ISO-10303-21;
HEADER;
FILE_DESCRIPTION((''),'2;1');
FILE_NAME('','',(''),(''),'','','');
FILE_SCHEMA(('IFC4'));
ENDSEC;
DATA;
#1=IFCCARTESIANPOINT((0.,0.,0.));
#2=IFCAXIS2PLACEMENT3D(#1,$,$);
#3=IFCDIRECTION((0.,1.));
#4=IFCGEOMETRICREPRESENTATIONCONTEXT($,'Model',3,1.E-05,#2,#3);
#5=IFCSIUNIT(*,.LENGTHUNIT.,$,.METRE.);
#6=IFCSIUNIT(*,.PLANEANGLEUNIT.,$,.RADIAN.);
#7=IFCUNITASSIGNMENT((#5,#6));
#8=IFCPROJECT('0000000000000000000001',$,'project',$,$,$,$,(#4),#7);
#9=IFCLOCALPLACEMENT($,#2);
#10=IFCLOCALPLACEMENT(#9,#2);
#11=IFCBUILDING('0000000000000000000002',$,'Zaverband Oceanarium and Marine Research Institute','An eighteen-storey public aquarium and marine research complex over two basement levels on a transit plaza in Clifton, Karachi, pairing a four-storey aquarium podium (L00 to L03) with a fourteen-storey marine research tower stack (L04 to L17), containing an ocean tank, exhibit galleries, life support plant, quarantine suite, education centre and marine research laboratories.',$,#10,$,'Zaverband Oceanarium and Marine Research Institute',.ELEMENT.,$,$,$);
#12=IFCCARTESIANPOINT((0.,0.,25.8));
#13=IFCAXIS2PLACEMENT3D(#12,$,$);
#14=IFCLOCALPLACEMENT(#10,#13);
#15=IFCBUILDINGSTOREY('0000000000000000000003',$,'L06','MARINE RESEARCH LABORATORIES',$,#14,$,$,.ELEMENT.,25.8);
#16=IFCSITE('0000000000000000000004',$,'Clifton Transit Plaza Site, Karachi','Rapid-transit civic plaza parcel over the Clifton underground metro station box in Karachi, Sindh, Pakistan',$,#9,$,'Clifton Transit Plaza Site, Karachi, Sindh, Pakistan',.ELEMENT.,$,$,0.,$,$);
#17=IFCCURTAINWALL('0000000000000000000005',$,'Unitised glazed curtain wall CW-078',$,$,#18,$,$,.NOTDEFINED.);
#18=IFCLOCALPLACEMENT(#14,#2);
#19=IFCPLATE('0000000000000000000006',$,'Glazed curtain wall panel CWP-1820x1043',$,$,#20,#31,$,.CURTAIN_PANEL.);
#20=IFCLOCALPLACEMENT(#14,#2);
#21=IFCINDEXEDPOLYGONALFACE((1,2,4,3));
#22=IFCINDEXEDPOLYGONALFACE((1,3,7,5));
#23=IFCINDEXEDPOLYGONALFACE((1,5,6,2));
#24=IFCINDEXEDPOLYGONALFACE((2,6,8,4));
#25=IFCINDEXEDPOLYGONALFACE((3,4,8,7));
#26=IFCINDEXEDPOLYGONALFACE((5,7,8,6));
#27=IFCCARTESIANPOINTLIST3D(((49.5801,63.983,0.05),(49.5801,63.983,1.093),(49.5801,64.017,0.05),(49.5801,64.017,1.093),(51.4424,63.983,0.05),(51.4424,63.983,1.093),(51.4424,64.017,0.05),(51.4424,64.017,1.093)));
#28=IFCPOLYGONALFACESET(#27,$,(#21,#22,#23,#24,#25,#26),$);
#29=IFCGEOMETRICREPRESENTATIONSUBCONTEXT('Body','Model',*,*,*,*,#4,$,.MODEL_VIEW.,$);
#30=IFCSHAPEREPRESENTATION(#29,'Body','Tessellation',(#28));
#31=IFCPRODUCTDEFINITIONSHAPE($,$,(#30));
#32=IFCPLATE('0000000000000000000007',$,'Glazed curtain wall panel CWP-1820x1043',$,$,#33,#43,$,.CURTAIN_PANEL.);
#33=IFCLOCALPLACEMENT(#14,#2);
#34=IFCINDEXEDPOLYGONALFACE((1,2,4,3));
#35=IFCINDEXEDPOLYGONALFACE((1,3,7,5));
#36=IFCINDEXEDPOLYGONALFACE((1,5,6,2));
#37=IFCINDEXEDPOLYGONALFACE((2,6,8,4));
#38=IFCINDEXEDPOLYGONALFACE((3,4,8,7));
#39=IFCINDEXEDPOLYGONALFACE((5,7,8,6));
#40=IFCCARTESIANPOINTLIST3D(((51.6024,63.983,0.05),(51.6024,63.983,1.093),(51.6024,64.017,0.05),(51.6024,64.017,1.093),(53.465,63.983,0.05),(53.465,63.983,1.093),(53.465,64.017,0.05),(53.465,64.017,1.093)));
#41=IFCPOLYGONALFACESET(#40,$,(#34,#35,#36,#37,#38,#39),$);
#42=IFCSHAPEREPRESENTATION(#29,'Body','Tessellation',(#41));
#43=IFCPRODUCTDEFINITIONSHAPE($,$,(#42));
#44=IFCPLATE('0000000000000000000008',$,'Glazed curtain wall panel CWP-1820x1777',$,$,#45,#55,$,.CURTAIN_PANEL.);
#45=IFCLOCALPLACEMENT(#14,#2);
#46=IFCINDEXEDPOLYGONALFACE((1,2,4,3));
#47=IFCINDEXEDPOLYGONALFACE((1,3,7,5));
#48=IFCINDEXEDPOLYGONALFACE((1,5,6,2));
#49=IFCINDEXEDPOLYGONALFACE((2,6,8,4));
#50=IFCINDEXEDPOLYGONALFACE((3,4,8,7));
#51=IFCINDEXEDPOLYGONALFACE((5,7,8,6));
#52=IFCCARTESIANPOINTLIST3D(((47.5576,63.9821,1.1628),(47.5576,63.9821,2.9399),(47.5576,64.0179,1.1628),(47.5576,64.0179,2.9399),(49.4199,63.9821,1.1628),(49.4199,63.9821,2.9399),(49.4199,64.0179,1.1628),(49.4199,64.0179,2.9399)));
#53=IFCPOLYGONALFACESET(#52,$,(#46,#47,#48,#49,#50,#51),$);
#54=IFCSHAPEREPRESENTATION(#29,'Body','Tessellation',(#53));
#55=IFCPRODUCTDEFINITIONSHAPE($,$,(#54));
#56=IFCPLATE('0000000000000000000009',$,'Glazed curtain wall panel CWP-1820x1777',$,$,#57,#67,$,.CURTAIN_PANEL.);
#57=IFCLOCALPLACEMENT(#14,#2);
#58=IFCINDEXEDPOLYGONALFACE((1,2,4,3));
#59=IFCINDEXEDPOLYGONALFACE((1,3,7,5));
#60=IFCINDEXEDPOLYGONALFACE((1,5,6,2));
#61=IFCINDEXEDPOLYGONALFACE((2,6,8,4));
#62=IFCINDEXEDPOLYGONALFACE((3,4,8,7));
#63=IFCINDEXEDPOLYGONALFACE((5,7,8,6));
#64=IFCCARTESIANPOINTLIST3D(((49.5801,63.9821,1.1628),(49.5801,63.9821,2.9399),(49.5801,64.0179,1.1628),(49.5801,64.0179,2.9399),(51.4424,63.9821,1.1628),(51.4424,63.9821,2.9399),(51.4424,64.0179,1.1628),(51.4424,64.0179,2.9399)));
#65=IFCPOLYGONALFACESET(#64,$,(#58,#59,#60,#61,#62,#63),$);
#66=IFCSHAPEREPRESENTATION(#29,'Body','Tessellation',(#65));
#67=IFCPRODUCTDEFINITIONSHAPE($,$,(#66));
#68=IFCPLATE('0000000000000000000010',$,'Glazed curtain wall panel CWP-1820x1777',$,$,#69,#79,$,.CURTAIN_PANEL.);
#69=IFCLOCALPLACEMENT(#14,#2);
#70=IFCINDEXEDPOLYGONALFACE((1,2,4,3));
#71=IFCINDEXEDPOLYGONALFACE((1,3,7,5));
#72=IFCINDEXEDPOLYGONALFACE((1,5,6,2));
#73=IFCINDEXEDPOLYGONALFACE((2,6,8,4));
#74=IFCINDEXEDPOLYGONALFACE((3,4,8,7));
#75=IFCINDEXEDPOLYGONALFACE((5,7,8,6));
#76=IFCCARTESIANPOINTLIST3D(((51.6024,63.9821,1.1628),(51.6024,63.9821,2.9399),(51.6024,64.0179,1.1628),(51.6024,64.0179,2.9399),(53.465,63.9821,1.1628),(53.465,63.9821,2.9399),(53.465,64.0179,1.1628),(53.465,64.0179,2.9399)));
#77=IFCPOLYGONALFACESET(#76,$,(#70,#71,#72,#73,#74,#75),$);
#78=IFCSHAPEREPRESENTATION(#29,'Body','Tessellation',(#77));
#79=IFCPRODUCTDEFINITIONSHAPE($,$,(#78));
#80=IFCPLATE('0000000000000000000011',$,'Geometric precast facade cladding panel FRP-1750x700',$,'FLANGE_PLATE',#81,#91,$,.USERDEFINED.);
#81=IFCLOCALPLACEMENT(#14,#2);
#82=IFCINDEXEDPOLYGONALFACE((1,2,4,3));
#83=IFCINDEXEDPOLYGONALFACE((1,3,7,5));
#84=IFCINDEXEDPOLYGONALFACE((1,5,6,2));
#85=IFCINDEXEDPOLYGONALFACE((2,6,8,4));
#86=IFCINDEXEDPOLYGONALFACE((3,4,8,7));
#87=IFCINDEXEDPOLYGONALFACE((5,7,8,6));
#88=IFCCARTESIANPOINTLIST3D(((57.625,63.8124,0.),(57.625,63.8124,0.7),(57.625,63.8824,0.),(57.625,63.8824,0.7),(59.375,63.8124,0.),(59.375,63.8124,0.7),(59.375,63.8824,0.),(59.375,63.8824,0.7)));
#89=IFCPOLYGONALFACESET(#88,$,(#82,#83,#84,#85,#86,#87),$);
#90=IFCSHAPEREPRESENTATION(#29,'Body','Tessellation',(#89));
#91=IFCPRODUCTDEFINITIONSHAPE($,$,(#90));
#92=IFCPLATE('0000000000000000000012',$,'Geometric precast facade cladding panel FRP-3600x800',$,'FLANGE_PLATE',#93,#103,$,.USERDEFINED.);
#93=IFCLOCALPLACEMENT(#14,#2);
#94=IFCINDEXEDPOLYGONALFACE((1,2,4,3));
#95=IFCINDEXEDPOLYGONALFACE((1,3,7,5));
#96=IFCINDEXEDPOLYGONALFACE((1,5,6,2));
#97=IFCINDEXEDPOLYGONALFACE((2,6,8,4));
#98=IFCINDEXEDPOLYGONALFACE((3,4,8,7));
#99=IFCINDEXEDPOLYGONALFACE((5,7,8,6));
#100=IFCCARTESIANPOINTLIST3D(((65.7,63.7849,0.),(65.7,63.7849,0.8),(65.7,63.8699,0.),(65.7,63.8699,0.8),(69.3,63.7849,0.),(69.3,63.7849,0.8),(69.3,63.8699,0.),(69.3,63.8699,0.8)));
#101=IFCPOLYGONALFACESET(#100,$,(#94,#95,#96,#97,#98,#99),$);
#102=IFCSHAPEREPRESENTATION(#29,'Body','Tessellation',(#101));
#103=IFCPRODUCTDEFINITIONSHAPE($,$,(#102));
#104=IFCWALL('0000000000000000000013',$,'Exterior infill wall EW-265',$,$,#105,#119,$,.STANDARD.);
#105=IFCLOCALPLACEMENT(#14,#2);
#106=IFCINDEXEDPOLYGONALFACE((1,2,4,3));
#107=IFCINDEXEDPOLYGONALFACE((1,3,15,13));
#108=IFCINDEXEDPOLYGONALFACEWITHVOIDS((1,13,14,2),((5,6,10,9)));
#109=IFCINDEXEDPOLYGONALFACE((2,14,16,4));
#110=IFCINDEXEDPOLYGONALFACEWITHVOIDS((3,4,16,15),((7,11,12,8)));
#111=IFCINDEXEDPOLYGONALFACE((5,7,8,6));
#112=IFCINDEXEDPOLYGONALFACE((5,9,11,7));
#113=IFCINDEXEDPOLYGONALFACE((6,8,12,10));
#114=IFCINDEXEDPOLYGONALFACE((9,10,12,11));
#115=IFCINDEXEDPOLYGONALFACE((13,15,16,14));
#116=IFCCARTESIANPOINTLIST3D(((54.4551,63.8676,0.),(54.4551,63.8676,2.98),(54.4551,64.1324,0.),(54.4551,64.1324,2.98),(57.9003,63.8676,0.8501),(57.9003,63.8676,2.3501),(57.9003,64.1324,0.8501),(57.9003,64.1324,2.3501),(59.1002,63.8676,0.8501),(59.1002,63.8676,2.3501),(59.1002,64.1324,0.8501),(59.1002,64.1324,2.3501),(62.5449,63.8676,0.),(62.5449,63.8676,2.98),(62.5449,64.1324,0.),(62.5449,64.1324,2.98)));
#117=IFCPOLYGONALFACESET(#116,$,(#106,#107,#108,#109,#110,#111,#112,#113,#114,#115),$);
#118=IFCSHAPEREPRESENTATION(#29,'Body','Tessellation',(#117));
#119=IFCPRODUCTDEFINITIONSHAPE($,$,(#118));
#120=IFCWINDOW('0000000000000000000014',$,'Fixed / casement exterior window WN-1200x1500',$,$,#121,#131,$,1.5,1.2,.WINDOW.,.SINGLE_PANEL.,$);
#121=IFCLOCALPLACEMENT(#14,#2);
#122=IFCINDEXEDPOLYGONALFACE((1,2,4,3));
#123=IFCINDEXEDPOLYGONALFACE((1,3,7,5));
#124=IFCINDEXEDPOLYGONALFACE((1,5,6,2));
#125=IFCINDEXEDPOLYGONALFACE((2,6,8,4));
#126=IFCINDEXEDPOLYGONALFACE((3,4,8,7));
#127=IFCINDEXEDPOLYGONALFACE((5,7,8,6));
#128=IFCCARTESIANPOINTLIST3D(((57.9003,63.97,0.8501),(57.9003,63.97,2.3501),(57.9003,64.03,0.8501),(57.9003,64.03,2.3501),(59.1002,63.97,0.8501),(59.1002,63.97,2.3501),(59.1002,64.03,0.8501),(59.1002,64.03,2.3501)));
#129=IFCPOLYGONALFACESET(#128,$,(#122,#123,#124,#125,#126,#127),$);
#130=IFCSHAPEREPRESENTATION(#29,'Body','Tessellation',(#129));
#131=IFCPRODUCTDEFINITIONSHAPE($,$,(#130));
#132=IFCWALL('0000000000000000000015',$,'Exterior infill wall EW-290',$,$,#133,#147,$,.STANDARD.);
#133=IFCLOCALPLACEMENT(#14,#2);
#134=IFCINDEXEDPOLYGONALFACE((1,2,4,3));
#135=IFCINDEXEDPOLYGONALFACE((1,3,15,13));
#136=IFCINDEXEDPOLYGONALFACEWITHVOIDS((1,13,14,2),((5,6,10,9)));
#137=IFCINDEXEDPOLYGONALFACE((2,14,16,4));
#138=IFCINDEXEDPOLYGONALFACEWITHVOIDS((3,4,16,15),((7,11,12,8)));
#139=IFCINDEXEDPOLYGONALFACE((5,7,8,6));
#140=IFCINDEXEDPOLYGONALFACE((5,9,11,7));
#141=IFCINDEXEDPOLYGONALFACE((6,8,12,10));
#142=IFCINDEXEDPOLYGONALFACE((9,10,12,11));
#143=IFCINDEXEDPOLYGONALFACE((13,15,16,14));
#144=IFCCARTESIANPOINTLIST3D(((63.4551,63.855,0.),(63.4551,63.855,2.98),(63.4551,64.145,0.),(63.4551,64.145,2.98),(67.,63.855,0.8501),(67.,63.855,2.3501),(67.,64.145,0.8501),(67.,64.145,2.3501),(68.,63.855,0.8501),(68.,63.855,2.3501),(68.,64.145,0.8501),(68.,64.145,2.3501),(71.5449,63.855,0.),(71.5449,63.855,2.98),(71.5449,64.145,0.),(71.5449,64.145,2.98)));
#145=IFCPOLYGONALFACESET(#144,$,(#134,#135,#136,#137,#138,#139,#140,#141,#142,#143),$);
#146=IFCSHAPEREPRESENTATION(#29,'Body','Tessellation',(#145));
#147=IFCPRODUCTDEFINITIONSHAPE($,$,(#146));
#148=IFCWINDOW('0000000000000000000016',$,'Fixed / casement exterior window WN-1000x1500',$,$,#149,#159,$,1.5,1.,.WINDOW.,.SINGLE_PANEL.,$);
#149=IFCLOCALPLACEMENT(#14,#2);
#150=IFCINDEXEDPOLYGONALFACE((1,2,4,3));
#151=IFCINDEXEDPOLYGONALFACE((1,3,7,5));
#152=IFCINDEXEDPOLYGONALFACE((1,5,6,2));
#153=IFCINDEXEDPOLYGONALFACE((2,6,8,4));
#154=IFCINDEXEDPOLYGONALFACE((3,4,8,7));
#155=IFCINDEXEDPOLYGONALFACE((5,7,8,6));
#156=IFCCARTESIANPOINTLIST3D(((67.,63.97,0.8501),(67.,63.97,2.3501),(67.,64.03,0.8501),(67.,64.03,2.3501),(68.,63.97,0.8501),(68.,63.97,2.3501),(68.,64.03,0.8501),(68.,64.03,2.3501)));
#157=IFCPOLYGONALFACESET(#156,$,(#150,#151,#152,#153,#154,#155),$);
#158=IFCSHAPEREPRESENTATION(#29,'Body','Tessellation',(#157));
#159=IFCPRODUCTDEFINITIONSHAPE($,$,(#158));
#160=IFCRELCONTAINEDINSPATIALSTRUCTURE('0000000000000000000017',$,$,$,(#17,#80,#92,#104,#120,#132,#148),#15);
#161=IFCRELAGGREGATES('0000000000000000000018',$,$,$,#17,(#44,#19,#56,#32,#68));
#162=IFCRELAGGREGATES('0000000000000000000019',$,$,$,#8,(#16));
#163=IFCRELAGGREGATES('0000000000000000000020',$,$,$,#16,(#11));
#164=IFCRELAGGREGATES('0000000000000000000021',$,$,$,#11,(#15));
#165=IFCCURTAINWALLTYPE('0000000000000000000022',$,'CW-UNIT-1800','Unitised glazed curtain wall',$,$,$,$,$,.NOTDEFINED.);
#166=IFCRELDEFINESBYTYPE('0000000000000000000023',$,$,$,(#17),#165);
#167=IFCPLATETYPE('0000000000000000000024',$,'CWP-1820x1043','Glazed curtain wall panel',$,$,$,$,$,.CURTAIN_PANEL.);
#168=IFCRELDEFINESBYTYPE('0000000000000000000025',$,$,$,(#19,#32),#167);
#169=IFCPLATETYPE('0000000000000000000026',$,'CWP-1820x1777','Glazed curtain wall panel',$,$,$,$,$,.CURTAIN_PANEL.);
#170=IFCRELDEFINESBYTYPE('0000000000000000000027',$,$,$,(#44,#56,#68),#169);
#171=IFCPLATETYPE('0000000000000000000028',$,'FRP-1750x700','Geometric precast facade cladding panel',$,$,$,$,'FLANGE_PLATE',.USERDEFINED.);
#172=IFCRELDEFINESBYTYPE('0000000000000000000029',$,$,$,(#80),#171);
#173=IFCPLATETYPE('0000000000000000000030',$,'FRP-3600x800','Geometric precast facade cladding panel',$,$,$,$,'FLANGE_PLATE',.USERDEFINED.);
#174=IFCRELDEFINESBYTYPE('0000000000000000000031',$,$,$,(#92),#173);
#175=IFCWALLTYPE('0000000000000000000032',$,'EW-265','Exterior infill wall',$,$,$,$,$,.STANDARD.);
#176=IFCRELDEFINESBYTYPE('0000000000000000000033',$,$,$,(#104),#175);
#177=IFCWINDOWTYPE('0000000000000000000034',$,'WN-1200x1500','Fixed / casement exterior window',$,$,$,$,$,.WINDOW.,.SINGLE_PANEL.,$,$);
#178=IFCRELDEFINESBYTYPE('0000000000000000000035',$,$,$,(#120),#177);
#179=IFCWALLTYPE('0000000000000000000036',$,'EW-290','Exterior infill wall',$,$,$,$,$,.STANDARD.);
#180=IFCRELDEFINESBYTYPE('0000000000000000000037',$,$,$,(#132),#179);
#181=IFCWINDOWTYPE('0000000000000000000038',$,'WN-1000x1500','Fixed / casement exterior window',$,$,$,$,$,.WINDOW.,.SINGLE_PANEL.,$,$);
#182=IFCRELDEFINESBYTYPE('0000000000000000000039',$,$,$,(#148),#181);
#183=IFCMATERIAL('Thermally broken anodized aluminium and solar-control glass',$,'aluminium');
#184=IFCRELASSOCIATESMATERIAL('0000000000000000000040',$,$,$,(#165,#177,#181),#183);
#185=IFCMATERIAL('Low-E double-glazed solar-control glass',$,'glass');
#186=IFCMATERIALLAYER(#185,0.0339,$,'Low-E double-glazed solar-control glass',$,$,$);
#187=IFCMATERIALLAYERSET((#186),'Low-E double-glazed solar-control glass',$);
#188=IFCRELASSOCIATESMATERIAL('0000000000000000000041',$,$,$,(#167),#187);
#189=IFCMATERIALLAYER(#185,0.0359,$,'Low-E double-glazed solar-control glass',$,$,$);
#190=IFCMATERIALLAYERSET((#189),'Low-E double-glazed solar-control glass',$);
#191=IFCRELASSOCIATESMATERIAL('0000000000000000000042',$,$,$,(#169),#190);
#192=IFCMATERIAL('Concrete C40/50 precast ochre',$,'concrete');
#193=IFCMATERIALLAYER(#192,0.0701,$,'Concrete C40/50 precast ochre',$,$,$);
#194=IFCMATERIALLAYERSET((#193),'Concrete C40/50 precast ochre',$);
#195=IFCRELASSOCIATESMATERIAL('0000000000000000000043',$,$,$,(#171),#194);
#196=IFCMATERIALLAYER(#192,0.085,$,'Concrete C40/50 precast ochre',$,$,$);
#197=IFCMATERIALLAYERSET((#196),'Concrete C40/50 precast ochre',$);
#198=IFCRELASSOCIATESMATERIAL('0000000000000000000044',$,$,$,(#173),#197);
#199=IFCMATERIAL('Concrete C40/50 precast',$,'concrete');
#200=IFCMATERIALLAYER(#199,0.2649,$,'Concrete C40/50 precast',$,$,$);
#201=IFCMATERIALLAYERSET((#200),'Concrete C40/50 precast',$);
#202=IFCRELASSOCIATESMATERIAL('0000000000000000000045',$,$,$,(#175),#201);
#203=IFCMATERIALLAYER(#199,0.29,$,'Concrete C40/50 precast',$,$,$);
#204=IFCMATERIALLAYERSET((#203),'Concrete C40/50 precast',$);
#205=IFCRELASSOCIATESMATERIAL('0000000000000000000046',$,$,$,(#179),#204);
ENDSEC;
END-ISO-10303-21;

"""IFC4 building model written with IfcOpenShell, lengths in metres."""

from ifc_helpers import new_model, si_unit, direction, frame, frame_2d, origin, place, context, subcontext, project, spatial, rectangle, extrude, material, layer, layer_set, type_object, element, fill, aggregate, save


model = new_model("IFC4")

# Units and contexts
model_context = context("Model", 3, precision=1e-05, world=origin(), true_north=direction((0.0, 1.0)))
body_context = subcontext(model_context, "Body", "Model", "MODEL_VIEW")
ifc_project = project(units=[si_unit("LENGTHUNIT", "METRE"), si_unit("PLANEANGLEUNIT", "RADIAN")], contexts=[model_context])

# Site, building, storey
site_placement = place(None, origin())
site = spatial("IfcSite", under=ifc_project, at=site_placement, Name="Clifton Transit Plaza Site, Karachi", Description="Rapid-transit civic plaza parcel over the Clifton underground metro station box in Karachi, Sindh, Pakistan", LongName="Clifton Transit Plaza Site, Karachi, Sindh, Pakistan", CompositionType="ELEMENT", RefElevation=0.0)
building_placement = place(site_placement, origin())
building = spatial("IfcBuilding", under=site, at=building_placement, Name="Zaverband Oceanarium and Marine Research Institute", Description="An eighteen-storey public aquarium and marine research complex over two basement levels on a transit plaza in Clifton, Karachi, pairing a four-storey aquarium podium (L00 to L03) with a fourteen-storey marine research tower stack (L04 to L17), containing an ocean tank, exhibit galleries, life support plant, quarantine suite, education centre and marine research laboratories.", LongName="Zaverband Oceanarium and Marine Research Institute", CompositionType="ELEMENT")
storey_placement = place(building_placement, frame((0.0, 0.0, 25.8)))
storey = spatial("IfcBuildingStorey", under=building, at=storey_placement, Name="L06", Description="MARINE RESEARCH LABORATORIES", CompositionType="ELEMENT", Elevation=25.8)

# Curtain wall
ifc_material_1 = material(Name="Thermally broken anodized aluminium and solar-control glass", Category="aluminium")
curtain_wall_type = type_object("IfcCurtainWallType", Name="CW-UNIT-1800", Description="Unitised glazed curtain wall", PredefinedType="NOTDEFINED", material=ifc_material_1)
curtain_wall_placement = place(storey_placement, origin())
curtain_wall = element("IfcCurtainWall", 1, at=curtain_wall_placement, inside=storey, type_object=curtain_wall_type, Name="Unitised glazed curtain wall CW-078", PredefinedType="NOTDEFINED")

# Plates
ifc_material_2 = material(Name="Low-E double-glazed solar-control glass", Category="glass")
ifc_layer_1 = layer(ifc_material_2, 0.0339, Name="Low-E double-glazed solar-control glass")
ifc_layer_set_1 = layer_set([ifc_layer_1], Name="Low-E double-glazed solar-control glass")
plate_type_1 = type_object("IfcPlateType", Name="CWP-1820x1043", Description="Glazed curtain wall panel", PredefinedType="CURTAIN_PANEL", material=ifc_layer_set_1)
plate_1_placement = place(storey_placement, frame((49.5801, 64.0, 0.05), z_axis=(0.0, 0.0, 1.0), x_axis=(1.0, 0.0, 0.0)))
plate_1 = element("IfcPlate", 2, at=plate_1_placement, type_object=plate_type_1, Name="Glazed curtain wall panel CWP-1820x1043", PredefinedType="CURTAIN_PANEL", context=body_context, shape_type="SweptSolid", body=[
    extrude(rectangle(XDim=1.8623, YDim=0.0339, at=frame_2d((0.9312, 0.0))), origin(), (0.0, 0.0, 1.0), 1.043),
])
plate_2_placement = place(storey_placement, frame((51.6025, 64.0, 0.05), z_axis=(0.0, 0.0, 1.0), x_axis=(1.0, 0.0, 0.0)))
plate_2 = element("IfcPlate", 3, at=plate_2_placement, type_object=plate_type_1, Name="Glazed curtain wall panel CWP-1820x1043", PredefinedType="CURTAIN_PANEL", context=body_context, shape_type="SweptSolid", body=[
    extrude(rectangle(XDim=1.8625, YDim=0.0339, at=frame_2d((0.9312, 0.0))), origin(), (0.0, 0.0, 1.0), 1.043),
])
ifc_layer_2 = layer(ifc_material_2, 0.0359, Name="Low-E double-glazed solar-control glass")
ifc_layer_set_2 = layer_set([ifc_layer_2], Name="Low-E double-glazed solar-control glass")
plate_type_2 = type_object("IfcPlateType", Name="CWP-1820x1777", Description="Glazed curtain wall panel", PredefinedType="CURTAIN_PANEL", material=ifc_layer_set_2)
plate_3_placement = place(storey_placement, frame((47.5576, 64.0, 1.1628), z_axis=(0.0, 0.0, 1.0), x_axis=(1.0, 0.0, 0.0)))
plate_3 = element("IfcPlate", 4, at=plate_3_placement, type_object=plate_type_2, Name="Glazed curtain wall panel CWP-1820x1777", PredefinedType="CURTAIN_PANEL", context=body_context, shape_type="SweptSolid", body=[
    extrude(rectangle(XDim=1.8623, YDim=0.0359, at=frame_2d((0.9312, 0.0))), origin(), (0.0, 0.0, 1.0), 1.7771),
])
plate_4_placement = place(storey_placement, frame((49.5801, 64.0, 1.1628), z_axis=(0.0, 0.0, 1.0), x_axis=(1.0, 0.0, 0.0)))
plate_4 = element("IfcPlate", 5, at=plate_4_placement, type_object=plate_type_2, Name="Glazed curtain wall panel CWP-1820x1777", PredefinedType="CURTAIN_PANEL", context=body_context, shape_type="SweptSolid", body=[
    extrude(rectangle(XDim=1.8623, YDim=0.0359, at=frame_2d((0.9312, 0.0))), origin(), (0.0, 0.0, 1.0), 1.7771),
])
plate_5_placement = place(storey_placement, frame((51.6025, 64.0, 1.1628), z_axis=(0.0, 0.0, 1.0), x_axis=(1.0, 0.0, 0.0)))
plate_5 = element("IfcPlate", 6, at=plate_5_placement, type_object=plate_type_2, Name="Glazed curtain wall panel CWP-1820x1777", PredefinedType="CURTAIN_PANEL", context=body_context, shape_type="SweptSolid", body=[
    extrude(rectangle(XDim=1.8625, YDim=0.0359, at=frame_2d((0.9312, 0.0))), origin(), (0.0, 0.0, 1.0), 1.7771),
])
aggregate(curtain_wall, [plate_3, plate_1, plate_4, plate_2, plate_5])

# Plates
ifc_material_3 = material(Name="Concrete C40/50 precast ochre", Category="concrete")
ifc_layer_3 = layer(ifc_material_3, 0.0701, Name="Concrete C40/50 precast ochre")
ifc_layer_set_3 = layer_set([ifc_layer_3], Name="Concrete C40/50 precast ochre")
plate_type_3 = type_object("IfcPlateType", Name="FRP-1750x700", Description="Geometric precast facade cladding panel", ElementType="FLANGE_PLATE", PredefinedType="USERDEFINED", material=ifc_layer_set_3)
plate_6_placement = place(storey_placement, frame((57.625, 63.8474, 0.0), z_axis=(0.0, 0.0, 1.0), x_axis=(1.0, 0.0, 0.0)))
element("IfcPlate", 7, at=plate_6_placement, inside=storey, type_object=plate_type_3, Name="Geometric precast facade cladding panel FRP-1750x700", ObjectType="FLANGE_PLATE", PredefinedType="USERDEFINED", context=body_context, shape_type="SweptSolid", body=[
    extrude(rectangle(XDim=1.75, YDim=0.0701, at=frame_2d((0.875, 0.0))), origin(), (0.0, 0.0, 1.0), 0.7),
])
ifc_layer_4 = layer(ifc_material_3, 0.085, Name="Concrete C40/50 precast ochre")
ifc_layer_set_4 = layer_set([ifc_layer_4], Name="Concrete C40/50 precast ochre")
plate_type_4 = type_object("IfcPlateType", Name="FRP-3600x800", Description="Geometric precast facade cladding panel", ElementType="FLANGE_PLATE", PredefinedType="USERDEFINED", material=ifc_layer_set_4)
plate_7_placement = place(storey_placement, frame((65.7, 63.8274, 0.0), z_axis=(0.0, 0.0, 1.0), x_axis=(1.0, 0.0, 0.0)))
element("IfcPlate", 8, at=plate_7_placement, inside=storey, type_object=plate_type_4, Name="Geometric precast facade cladding panel FRP-3600x800", ObjectType="FLANGE_PLATE", PredefinedType="USERDEFINED", context=body_context, shape_type="SweptSolid", body=[
    extrude(rectangle(XDim=3.6001, YDim=0.085, at=frame_2d((1.8, 0.0))), origin(), (0.0, 0.0, 1.0), 0.8),
])

# Walls, openings, windows
ifc_material_4 = material(Name="Concrete C40/50 precast", Category="concrete")
ifc_layer_5 = layer(ifc_material_4, 0.2649, Name="Concrete C40/50 precast")
ifc_layer_set_5 = layer_set([ifc_layer_5], Name="Concrete C40/50 precast")
wall_type_1 = type_object("IfcWallType", Name="EW-265", Description="Exterior infill wall", PredefinedType="STANDARD", material=ifc_layer_set_5)
wall_1_placement = place(storey_placement, frame((54.4551, 64.0, 0.0), z_axis=(0.0, 0.0, 1.0), x_axis=(1.0, 0.0, 0.0)))
wall_1 = element("IfcWall", 9, at=wall_1_placement, inside=storey, type_object=wall_type_1, Name="Exterior infill wall EW-265", PredefinedType="STANDARD", context=body_context, shape_type="SweptSolid", body=[
    extrude(rectangle(XDim=8.0898, YDim=0.2649, at=frame_2d((4.0449, 0.0))), origin(), (0.0, 0.0, 1.0), 2.98),
])
opening_1_placement = place(wall_1_placement, frame((3.4451, 0.0, 0.8501)))
opening_1 = element("IfcOpeningElement", 10, at=opening_1_placement, cuts=wall_1, PredefinedType="OPENING", context=body_context, shape_type="SweptSolid", body=[
    extrude(rectangle(XDim=1.2, YDim=1.5, at=frame_2d((0.6001, 0.75))), frame((0.0, 0.1445, 0.0), z_axis=(0.0, -1.0, 0.0), x_axis=(1.0, 0.0, 0.0)), (0.0, 0.0, 1.0), 0.2888),
])
window_type_1 = type_object("IfcWindowType", Name="WN-1200x1500", Description="Fixed / casement exterior window", PartitioningType="SINGLE_PANEL", PredefinedType="WINDOW", material=ifc_material_1)
window_1_placement = place(opening_1_placement, origin())
window_1 = element("IfcWindow", 11, at=window_1_placement, inside=storey, type_object=window_type_1, Name="Fixed / casement exterior window WN-1200x1500", OverallHeight=1.5, OverallWidth=1.2, PartitioningType="SINGLE_PANEL", PredefinedType="WINDOW", context=body_context, shape_type="SweptSolid", body=[
    extrude(rectangle(XDim=1.2, YDim=1.5, at=frame_2d((0.6001, 0.75))), frame((0.0, 0.03, 0.0), z_axis=(0.0, -1.0, 0.0), x_axis=(1.0, 0.0, 0.0)), (0.0, 0.0, 1.0), 0.0601),
])
fill(opening_1, window_1)
ifc_layer_6 = layer(ifc_material_4, 0.29, Name="Concrete C40/50 precast")
ifc_layer_set_6 = layer_set([ifc_layer_6], Name="Concrete C40/50 precast")
wall_type_2 = type_object("IfcWallType", Name="EW-290", Description="Exterior infill wall", PredefinedType="STANDARD", material=ifc_layer_set_6)
wall_2_placement = place(storey_placement, frame((63.4551, 64.0, 0.0), z_axis=(0.0, 0.0, 1.0), x_axis=(1.0, 0.0, 0.0)))
wall_2 = element("IfcWall", 12, at=wall_2_placement, inside=storey, type_object=wall_type_2, Name="Exterior infill wall EW-290", PredefinedType="STANDARD", context=body_context, shape_type="SweptSolid", body=[
    extrude(rectangle(XDim=8.0898, YDim=0.29, at=frame_2d((4.0449, 0.0))), origin(), (0.0, 0.0, 1.0), 2.98),
])
opening_2_placement = place(wall_2_placement, frame((3.5449, 0.0, 0.8501)))
opening_2 = element("IfcOpeningElement", 13, at=opening_2_placement, cuts=wall_2, PredefinedType="OPENING", context=body_context, shape_type="SweptSolid", body=[
    extrude(rectangle(XDim=1.0, YDim=1.5, at=frame_2d((0.5, 0.75))), frame((0.0, 0.157, 0.0), z_axis=(0.0, -1.0, 0.0), x_axis=(1.0, 0.0, 0.0)), (0.0, 0.0, 1.0), 0.314),
])
window_type_2 = type_object("IfcWindowType", Name="WN-1000x1500", Description="Fixed / casement exterior window", PartitioningType="SINGLE_PANEL", PredefinedType="WINDOW", material=ifc_material_1)
window_2_placement = place(opening_2_placement, origin())
window_2 = element("IfcWindow", 14, at=window_2_placement, inside=storey, type_object=window_type_2, Name="Fixed / casement exterior window WN-1000x1500", OverallHeight=1.5, OverallWidth=1.0, PartitioningType="SINGLE_PANEL", PredefinedType="WINDOW", context=body_context, shape_type="SweptSolid", body=[
    extrude(rectangle(XDim=1.0, YDim=1.5, at=frame_2d((0.5, 0.75))), frame((0.0, 0.03, 0.0), z_axis=(0.0, -1.0, 0.0), x_axis=(1.0, 0.0, 0.0)), (0.0, 0.0, 1.0), 0.0601),
])
fill(opening_2, window_2)

save(model, "model.ifc")
